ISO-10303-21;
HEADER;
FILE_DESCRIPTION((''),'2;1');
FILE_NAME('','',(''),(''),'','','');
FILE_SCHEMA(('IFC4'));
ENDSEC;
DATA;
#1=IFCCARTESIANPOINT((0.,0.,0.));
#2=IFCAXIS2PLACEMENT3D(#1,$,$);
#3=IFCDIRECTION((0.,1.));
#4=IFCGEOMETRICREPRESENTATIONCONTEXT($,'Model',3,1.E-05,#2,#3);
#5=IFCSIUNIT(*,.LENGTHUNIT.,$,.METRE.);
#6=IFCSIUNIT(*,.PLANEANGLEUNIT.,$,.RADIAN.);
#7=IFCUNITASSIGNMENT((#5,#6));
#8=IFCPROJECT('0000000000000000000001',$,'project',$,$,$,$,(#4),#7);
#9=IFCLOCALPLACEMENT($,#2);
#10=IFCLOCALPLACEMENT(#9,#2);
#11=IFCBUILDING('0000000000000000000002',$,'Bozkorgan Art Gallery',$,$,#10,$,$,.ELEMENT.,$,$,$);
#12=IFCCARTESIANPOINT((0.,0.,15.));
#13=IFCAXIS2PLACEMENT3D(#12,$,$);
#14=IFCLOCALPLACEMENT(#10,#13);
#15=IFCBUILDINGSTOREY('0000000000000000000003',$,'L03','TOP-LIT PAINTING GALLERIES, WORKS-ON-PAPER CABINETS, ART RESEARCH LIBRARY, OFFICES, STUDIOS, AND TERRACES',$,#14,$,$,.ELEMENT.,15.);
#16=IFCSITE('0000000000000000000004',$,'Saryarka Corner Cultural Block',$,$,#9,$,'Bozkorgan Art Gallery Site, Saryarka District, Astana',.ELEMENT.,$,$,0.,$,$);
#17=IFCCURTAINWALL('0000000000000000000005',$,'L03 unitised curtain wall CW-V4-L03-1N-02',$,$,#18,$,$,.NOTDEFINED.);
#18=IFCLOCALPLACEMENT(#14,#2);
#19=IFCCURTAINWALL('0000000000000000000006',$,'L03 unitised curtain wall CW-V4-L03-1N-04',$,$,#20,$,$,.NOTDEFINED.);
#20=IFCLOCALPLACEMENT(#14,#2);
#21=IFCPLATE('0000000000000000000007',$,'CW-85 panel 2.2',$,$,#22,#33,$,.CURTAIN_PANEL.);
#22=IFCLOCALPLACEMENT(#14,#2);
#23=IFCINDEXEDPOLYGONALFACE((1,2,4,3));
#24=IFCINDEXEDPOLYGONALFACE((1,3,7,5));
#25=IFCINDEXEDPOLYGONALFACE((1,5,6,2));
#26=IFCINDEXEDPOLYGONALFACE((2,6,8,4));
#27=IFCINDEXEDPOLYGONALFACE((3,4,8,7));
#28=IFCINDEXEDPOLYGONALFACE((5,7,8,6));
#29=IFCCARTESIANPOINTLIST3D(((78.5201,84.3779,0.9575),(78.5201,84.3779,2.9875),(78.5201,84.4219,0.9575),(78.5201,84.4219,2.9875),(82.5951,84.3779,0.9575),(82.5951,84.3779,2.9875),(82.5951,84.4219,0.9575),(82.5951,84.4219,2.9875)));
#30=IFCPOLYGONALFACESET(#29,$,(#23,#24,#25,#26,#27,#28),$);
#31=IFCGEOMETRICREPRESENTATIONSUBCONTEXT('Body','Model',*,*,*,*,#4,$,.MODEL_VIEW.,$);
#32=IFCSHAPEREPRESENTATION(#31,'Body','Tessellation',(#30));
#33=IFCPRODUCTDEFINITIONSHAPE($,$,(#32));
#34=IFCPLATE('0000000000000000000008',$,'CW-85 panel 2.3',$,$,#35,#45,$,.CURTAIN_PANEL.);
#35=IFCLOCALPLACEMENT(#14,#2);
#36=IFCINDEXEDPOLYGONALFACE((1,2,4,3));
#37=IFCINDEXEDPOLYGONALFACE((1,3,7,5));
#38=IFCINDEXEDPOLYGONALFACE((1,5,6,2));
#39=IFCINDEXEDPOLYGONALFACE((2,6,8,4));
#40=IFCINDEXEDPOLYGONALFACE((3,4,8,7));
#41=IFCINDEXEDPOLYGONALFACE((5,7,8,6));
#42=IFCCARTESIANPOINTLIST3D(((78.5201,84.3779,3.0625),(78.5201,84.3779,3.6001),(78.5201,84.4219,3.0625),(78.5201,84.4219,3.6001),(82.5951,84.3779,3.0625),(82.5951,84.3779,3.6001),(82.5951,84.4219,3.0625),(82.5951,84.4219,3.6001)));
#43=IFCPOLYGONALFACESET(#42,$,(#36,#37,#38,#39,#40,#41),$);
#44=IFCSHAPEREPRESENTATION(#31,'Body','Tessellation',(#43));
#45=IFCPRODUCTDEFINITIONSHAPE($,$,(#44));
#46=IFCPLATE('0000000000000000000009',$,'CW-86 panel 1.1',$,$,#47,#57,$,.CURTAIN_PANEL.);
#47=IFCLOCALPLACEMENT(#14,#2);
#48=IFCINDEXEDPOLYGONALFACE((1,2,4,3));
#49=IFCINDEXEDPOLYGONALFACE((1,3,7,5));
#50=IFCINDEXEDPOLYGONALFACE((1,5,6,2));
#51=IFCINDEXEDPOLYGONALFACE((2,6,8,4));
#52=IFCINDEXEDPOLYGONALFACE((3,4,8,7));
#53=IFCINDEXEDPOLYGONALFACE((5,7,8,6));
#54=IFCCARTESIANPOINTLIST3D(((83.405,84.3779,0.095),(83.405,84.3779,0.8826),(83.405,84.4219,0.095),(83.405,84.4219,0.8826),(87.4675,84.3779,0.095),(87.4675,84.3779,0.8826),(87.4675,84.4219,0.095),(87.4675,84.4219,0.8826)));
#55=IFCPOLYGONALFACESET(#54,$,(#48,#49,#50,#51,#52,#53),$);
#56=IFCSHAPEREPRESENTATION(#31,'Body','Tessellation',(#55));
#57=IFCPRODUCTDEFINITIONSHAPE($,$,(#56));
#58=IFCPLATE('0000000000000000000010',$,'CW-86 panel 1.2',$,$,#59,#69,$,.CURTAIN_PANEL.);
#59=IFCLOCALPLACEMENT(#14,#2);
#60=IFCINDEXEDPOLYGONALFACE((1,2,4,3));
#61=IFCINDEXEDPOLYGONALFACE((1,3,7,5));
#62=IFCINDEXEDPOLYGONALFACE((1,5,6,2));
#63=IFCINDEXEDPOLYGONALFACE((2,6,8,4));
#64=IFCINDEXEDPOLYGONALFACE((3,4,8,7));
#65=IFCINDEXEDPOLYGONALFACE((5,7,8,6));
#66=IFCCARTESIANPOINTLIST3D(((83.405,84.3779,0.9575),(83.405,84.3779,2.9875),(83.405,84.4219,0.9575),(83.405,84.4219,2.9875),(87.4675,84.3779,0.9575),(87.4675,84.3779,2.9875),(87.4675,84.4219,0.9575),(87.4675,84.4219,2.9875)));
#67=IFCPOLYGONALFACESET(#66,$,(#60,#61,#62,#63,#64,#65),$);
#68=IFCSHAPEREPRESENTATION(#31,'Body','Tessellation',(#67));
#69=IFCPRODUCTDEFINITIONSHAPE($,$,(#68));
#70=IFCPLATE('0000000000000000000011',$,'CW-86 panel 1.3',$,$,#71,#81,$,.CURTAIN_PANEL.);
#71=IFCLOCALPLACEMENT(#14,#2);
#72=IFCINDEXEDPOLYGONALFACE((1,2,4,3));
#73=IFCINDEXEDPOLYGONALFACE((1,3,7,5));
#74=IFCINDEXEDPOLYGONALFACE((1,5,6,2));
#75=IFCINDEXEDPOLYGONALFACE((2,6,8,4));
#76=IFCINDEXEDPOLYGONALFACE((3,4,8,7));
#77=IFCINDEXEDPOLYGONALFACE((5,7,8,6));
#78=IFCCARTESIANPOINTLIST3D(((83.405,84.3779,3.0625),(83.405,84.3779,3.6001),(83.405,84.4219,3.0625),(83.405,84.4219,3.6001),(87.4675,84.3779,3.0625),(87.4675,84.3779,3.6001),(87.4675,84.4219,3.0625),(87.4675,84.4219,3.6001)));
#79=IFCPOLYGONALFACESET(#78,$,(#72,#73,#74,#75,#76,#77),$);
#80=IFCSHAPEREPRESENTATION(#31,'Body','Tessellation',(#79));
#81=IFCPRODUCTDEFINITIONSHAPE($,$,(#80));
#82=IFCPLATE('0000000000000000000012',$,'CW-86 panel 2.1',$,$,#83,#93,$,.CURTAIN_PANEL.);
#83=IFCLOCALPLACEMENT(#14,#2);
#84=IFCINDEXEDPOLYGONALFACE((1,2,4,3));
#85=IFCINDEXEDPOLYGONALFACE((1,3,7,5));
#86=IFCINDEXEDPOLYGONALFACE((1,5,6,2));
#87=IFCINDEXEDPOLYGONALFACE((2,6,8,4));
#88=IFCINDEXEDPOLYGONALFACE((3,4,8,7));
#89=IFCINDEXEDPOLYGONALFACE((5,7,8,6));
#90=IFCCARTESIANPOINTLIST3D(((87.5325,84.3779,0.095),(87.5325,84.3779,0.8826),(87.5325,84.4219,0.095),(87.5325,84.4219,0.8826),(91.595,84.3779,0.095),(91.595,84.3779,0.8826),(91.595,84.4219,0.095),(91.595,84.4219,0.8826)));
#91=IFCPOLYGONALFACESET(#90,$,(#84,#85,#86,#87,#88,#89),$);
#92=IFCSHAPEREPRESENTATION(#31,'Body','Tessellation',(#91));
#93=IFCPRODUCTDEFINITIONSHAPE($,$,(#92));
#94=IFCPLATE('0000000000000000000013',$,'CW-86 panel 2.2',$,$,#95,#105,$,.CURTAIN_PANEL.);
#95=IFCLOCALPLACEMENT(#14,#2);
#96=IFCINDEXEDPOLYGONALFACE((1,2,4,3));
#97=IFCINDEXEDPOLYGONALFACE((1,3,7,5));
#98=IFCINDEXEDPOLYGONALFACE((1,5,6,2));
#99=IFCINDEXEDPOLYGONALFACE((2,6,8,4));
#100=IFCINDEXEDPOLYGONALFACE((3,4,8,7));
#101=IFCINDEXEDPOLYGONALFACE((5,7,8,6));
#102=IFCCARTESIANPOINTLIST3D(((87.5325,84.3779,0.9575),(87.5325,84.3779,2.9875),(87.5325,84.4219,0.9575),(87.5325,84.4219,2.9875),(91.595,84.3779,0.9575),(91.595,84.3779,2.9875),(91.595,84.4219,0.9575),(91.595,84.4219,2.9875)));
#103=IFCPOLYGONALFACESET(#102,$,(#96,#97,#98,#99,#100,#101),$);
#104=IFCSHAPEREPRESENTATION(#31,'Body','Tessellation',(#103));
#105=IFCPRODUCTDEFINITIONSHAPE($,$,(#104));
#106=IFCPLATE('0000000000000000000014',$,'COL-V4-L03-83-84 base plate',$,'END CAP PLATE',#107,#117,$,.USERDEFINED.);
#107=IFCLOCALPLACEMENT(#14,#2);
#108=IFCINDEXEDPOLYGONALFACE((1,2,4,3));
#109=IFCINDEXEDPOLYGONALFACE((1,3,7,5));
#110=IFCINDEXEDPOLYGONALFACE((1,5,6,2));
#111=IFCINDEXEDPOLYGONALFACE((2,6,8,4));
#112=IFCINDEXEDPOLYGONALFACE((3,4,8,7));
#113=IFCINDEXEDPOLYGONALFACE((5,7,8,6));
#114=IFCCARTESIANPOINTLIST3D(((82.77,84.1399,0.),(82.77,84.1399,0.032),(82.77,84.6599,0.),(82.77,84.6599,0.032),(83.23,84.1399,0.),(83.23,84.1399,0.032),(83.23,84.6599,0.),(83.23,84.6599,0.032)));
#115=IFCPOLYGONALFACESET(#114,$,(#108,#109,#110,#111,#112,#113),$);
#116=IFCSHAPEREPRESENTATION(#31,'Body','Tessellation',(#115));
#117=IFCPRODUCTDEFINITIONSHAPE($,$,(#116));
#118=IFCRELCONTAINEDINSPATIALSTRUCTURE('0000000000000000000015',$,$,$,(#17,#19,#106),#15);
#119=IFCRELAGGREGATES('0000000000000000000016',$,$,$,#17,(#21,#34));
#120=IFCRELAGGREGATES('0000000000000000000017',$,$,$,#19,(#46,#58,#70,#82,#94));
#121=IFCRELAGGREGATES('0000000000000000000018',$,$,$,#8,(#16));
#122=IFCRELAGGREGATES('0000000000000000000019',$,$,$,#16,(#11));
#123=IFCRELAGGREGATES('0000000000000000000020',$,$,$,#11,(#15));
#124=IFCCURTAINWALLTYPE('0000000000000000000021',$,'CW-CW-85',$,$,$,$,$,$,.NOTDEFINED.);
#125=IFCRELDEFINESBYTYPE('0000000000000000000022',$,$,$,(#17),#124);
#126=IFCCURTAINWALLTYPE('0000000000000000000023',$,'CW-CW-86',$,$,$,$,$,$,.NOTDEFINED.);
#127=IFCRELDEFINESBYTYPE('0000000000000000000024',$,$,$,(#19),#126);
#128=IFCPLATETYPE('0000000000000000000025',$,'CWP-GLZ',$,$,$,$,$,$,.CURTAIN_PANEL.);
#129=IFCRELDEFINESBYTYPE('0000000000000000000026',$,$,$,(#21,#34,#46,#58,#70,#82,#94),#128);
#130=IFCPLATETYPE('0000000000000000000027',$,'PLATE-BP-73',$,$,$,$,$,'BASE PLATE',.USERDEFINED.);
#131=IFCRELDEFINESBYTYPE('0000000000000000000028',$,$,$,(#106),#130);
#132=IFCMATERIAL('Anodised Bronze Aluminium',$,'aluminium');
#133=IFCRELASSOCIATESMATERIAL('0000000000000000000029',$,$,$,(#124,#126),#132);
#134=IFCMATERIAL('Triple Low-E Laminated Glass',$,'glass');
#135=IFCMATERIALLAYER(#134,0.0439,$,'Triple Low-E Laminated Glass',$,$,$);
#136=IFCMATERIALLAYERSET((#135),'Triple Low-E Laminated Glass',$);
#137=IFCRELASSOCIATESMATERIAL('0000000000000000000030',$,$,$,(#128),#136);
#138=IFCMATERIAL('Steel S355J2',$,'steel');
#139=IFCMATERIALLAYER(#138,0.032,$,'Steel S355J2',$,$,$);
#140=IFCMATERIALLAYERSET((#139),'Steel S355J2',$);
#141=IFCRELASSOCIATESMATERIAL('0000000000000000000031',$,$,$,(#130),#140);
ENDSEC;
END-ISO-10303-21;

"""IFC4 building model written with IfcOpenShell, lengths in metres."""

from ifc_helpers import new_model, si_unit, direction, frame, origin, origin_2d, place, context, subcontext, project, spatial, rectangle, extrude, material, layer, layer_set, type_object, element, aggregate, save


model = new_model("IFC4")

# Units and contexts
model_context = context("Model", 3, precision=1e-05, world=origin(), true_north=direction((0.0, 1.0)))
body_context = subcontext(model_context, "Body", "Model", "MODEL_VIEW")
ifc_project = project(units=[si_unit("LENGTHUNIT", "METRE"), si_unit("PLANEANGLEUNIT", "RADIAN")], contexts=[model_context])

# Site, building, storey
site_placement = place(None, origin())
site = spatial("IfcSite", under=ifc_project, at=site_placement, Name="Saryarka Corner Cultural Block", LongName="Bozkorgan Art Gallery Site, Saryarka District, Astana", CompositionType="ELEMENT", RefElevation=0.0)
building_placement = place(site_placement, origin())
building = spatial("IfcBuilding", under=site, at=building_placement, Name="Bozkorgan Art Gallery", CompositionType="ELEMENT")
storey_placement = place(building_placement, frame((0.0, 0.0, 15.0)))
storey = spatial("IfcBuildingStorey", under=building, at=storey_placement, Name="L03", Description="TOP-LIT PAINTING GALLERIES, WORKS-ON-PAPER CABINETS, ART RESEARCH LIBRARY, OFFICES, STUDIOS, AND TERRACES", CompositionType="ELEMENT", Elevation=15.0)

# Shared definitions
ifc_material_1 = material(Name="Steel S355J2", Category="steel")

# Curtain wall
ifc_material_2 = material(Name="Anodised Bronze Aluminium", Category="aluminium")
curtain_wall_type_1 = type_object("IfcCurtainWallType", Name="CW-CW-85", PredefinedType="NOTDEFINED", material=ifc_material_2)
curtain_wall_1_placement = place(storey_placement, origin())
curtain_wall_1 = element("IfcCurtainWall", 1, at=curtain_wall_1_placement, inside=storey, type_object=curtain_wall_type_1, Name="L03 unitised curtain wall CW-V4-L03-1N-02", PredefinedType="NOTDEFINED")

# Curtain wall
curtain_wall_type_2 = type_object("IfcCurtainWallType", Name="CW-CW-86", PredefinedType="NOTDEFINED", material=ifc_material_2)
curtain_wall_2_placement = place(storey_placement, origin())
curtain_wall_2 = element("IfcCurtainWall", 2, at=curtain_wall_2_placement, inside=storey, type_object=curtain_wall_type_2, Name="L03 unitised curtain wall CW-V4-L03-1N-04", PredefinedType="NOTDEFINED")

# Plates
ifc_material_3 = material(Name="Triple Low-E Laminated Glass", Category="glass")
ifc_layer_1 = layer(ifc_material_3, 0.0439, Name="Triple Low-E Laminated Glass")
ifc_layer_set_1 = layer_set([ifc_layer_1], Name="Triple Low-E Laminated Glass")
plate_type_1 = type_object("IfcPlateType", Name="CWP-GLZ", PredefinedType="CURTAIN_PANEL", material=ifc_layer_set_1)
plate_1_placement = place(storey_placement, frame((80.5576, 84.3999, 0.9575), z_axis=(0.0, 0.0, 1.0), x_axis=(1.0, 0.0, 0.0)))
plate_1 = element("IfcPlate", 3, at=plate_1_placement, type_object=plate_type_1, Name="CW-85 panel 2.2", PredefinedType="CURTAIN_PANEL", context=body_context, shape_type="SweptSolid", body=[
    extrude(rectangle(XDim=4.075, YDim=0.0439, at=origin_2d()), origin(), (0.0, 0.0, 1.0), 2.03),
])
plate_2_placement = place(storey_placement, frame((80.5576, 84.3999, 3.0625), z_axis=(0.0, 0.0, 1.0), x_axis=(1.0, 0.0, 0.0)))
plate_2 = element("IfcPlate", 4, at=plate_2_placement, type_object=plate_type_1, Name="CW-85 panel 2.3", PredefinedType="CURTAIN_PANEL", context=body_context, shape_type="SweptSolid", body=[
    extrude(rectangle(XDim=4.075, YDim=0.0439, at=origin_2d()), origin(), (0.0, 0.0, 1.0), 0.5376),
])
aggregate(curtain_wall_1, [plate_1, plate_2])
plate_3_placement = place(storey_placement, frame((85.4363, 84.3999, 0.095), z_axis=(0.0, 0.0, 1.0), x_axis=(1.0, 0.0, 0.0)))
plate_3 = element("IfcPlate", 5, at=plate_3_placement, type_object=plate_type_1, Name="CW-86 panel 1.1", PredefinedType="CURTAIN_PANEL", context=body_context, shape_type="SweptSolid", body=[
    extrude(rectangle(XDim=4.0625, YDim=0.0439, at=origin_2d()), origin(), (0.0, 0.0, 1.0), 0.7876),
])
plate_4_placement = place(storey_placement, frame((85.4363, 84.3999, 0.9575), z_axis=(0.0, 0.0, 1.0), x_axis=(1.0, 0.0, 0.0)))
plate_4 = element("IfcPlate", 6, at=plate_4_placement, type_object=plate_type_1, Name="CW-86 panel 1.2", PredefinedType="CURTAIN_PANEL", context=body_context, shape_type="SweptSolid", body=[
    extrude(rectangle(XDim=4.0625, YDim=0.0439, at=origin_2d()), origin(), (0.0, 0.0, 1.0), 2.03),
])
plate_5_placement = place(storey_placement, frame((85.4363, 84.3999, 3.0625), z_axis=(0.0, 0.0, 1.0), x_axis=(1.0, 0.0, 0.0)))
plate_5 = element("IfcPlate", 7, at=plate_5_placement, type_object=plate_type_1, Name="CW-86 panel 1.3", PredefinedType="CURTAIN_PANEL", context=body_context, shape_type="SweptSolid", body=[
    extrude(rectangle(XDim=4.0625, YDim=0.0439, at=origin_2d()), origin(), (0.0, 0.0, 1.0), 0.5376),
])
plate_6_placement = place(storey_placement, frame((89.5637, 84.3999, 0.095), z_axis=(0.0, 0.0, 1.0), x_axis=(1.0, 0.0, 0.0)))
plate_6 = element("IfcPlate", 8, at=plate_6_placement, type_object=plate_type_1, Name="CW-86 panel 2.1", PredefinedType="CURTAIN_PANEL", context=body_context, shape_type="SweptSolid", body=[
    extrude(rectangle(XDim=4.0625, YDim=0.0439, at=origin_2d()), origin(), (0.0, 0.0, 1.0), 0.7876),
])
plate_7_placement = place(storey_placement, frame((89.5637, 84.3999, 0.9575), z_axis=(0.0, 0.0, 1.0), x_axis=(1.0, 0.0, 0.0)))
plate_7 = element("IfcPlate", 9, at=plate_7_placement, type_object=plate_type_1, Name="CW-86 panel 2.2", PredefinedType="CURTAIN_PANEL", context=body_context, shape_type="SweptSolid", body=[
    extrude(rectangle(XDim=4.0625, YDim=0.0439, at=origin_2d()), origin(), (0.0, 0.0, 1.0), 2.03),
])
aggregate(curtain_wall_2, [plate_3, plate_4, plate_5, plate_6, plate_7])
ifc_layer_2 = layer(ifc_material_1, 0.032, Name="Steel S355J2")
ifc_layer_set_2 = layer_set([ifc_layer_2], Name="Steel S355J2")
plate_type_2 = type_object("IfcPlateType", Name="PLATE-BP-73", ElementType="BASE PLATE", PredefinedType="USERDEFINED", material=ifc_layer_set_2)
plate_8_placement = place(storey_placement, frame((83.0, 84.3999, 0.0), z_axis=(0.0, 0.0, 1.0), x_axis=(1.0, 0.0, 0.0)))
element("IfcPlate", 10, at=plate_8_placement, inside=storey, type_object=plate_type_2, Name="COL-V4-L03-83-84 base plate", ObjectType="END CAP PLATE", PredefinedType="USERDEFINED", context=body_context, shape_type="SweptSolid", body=[
    extrude(rectangle(XDim=0.46, YDim=0.52, at=origin_2d()), origin(), (0.0, 0.0, 1.0), 0.032),
])

save(model, "model.ifc")
